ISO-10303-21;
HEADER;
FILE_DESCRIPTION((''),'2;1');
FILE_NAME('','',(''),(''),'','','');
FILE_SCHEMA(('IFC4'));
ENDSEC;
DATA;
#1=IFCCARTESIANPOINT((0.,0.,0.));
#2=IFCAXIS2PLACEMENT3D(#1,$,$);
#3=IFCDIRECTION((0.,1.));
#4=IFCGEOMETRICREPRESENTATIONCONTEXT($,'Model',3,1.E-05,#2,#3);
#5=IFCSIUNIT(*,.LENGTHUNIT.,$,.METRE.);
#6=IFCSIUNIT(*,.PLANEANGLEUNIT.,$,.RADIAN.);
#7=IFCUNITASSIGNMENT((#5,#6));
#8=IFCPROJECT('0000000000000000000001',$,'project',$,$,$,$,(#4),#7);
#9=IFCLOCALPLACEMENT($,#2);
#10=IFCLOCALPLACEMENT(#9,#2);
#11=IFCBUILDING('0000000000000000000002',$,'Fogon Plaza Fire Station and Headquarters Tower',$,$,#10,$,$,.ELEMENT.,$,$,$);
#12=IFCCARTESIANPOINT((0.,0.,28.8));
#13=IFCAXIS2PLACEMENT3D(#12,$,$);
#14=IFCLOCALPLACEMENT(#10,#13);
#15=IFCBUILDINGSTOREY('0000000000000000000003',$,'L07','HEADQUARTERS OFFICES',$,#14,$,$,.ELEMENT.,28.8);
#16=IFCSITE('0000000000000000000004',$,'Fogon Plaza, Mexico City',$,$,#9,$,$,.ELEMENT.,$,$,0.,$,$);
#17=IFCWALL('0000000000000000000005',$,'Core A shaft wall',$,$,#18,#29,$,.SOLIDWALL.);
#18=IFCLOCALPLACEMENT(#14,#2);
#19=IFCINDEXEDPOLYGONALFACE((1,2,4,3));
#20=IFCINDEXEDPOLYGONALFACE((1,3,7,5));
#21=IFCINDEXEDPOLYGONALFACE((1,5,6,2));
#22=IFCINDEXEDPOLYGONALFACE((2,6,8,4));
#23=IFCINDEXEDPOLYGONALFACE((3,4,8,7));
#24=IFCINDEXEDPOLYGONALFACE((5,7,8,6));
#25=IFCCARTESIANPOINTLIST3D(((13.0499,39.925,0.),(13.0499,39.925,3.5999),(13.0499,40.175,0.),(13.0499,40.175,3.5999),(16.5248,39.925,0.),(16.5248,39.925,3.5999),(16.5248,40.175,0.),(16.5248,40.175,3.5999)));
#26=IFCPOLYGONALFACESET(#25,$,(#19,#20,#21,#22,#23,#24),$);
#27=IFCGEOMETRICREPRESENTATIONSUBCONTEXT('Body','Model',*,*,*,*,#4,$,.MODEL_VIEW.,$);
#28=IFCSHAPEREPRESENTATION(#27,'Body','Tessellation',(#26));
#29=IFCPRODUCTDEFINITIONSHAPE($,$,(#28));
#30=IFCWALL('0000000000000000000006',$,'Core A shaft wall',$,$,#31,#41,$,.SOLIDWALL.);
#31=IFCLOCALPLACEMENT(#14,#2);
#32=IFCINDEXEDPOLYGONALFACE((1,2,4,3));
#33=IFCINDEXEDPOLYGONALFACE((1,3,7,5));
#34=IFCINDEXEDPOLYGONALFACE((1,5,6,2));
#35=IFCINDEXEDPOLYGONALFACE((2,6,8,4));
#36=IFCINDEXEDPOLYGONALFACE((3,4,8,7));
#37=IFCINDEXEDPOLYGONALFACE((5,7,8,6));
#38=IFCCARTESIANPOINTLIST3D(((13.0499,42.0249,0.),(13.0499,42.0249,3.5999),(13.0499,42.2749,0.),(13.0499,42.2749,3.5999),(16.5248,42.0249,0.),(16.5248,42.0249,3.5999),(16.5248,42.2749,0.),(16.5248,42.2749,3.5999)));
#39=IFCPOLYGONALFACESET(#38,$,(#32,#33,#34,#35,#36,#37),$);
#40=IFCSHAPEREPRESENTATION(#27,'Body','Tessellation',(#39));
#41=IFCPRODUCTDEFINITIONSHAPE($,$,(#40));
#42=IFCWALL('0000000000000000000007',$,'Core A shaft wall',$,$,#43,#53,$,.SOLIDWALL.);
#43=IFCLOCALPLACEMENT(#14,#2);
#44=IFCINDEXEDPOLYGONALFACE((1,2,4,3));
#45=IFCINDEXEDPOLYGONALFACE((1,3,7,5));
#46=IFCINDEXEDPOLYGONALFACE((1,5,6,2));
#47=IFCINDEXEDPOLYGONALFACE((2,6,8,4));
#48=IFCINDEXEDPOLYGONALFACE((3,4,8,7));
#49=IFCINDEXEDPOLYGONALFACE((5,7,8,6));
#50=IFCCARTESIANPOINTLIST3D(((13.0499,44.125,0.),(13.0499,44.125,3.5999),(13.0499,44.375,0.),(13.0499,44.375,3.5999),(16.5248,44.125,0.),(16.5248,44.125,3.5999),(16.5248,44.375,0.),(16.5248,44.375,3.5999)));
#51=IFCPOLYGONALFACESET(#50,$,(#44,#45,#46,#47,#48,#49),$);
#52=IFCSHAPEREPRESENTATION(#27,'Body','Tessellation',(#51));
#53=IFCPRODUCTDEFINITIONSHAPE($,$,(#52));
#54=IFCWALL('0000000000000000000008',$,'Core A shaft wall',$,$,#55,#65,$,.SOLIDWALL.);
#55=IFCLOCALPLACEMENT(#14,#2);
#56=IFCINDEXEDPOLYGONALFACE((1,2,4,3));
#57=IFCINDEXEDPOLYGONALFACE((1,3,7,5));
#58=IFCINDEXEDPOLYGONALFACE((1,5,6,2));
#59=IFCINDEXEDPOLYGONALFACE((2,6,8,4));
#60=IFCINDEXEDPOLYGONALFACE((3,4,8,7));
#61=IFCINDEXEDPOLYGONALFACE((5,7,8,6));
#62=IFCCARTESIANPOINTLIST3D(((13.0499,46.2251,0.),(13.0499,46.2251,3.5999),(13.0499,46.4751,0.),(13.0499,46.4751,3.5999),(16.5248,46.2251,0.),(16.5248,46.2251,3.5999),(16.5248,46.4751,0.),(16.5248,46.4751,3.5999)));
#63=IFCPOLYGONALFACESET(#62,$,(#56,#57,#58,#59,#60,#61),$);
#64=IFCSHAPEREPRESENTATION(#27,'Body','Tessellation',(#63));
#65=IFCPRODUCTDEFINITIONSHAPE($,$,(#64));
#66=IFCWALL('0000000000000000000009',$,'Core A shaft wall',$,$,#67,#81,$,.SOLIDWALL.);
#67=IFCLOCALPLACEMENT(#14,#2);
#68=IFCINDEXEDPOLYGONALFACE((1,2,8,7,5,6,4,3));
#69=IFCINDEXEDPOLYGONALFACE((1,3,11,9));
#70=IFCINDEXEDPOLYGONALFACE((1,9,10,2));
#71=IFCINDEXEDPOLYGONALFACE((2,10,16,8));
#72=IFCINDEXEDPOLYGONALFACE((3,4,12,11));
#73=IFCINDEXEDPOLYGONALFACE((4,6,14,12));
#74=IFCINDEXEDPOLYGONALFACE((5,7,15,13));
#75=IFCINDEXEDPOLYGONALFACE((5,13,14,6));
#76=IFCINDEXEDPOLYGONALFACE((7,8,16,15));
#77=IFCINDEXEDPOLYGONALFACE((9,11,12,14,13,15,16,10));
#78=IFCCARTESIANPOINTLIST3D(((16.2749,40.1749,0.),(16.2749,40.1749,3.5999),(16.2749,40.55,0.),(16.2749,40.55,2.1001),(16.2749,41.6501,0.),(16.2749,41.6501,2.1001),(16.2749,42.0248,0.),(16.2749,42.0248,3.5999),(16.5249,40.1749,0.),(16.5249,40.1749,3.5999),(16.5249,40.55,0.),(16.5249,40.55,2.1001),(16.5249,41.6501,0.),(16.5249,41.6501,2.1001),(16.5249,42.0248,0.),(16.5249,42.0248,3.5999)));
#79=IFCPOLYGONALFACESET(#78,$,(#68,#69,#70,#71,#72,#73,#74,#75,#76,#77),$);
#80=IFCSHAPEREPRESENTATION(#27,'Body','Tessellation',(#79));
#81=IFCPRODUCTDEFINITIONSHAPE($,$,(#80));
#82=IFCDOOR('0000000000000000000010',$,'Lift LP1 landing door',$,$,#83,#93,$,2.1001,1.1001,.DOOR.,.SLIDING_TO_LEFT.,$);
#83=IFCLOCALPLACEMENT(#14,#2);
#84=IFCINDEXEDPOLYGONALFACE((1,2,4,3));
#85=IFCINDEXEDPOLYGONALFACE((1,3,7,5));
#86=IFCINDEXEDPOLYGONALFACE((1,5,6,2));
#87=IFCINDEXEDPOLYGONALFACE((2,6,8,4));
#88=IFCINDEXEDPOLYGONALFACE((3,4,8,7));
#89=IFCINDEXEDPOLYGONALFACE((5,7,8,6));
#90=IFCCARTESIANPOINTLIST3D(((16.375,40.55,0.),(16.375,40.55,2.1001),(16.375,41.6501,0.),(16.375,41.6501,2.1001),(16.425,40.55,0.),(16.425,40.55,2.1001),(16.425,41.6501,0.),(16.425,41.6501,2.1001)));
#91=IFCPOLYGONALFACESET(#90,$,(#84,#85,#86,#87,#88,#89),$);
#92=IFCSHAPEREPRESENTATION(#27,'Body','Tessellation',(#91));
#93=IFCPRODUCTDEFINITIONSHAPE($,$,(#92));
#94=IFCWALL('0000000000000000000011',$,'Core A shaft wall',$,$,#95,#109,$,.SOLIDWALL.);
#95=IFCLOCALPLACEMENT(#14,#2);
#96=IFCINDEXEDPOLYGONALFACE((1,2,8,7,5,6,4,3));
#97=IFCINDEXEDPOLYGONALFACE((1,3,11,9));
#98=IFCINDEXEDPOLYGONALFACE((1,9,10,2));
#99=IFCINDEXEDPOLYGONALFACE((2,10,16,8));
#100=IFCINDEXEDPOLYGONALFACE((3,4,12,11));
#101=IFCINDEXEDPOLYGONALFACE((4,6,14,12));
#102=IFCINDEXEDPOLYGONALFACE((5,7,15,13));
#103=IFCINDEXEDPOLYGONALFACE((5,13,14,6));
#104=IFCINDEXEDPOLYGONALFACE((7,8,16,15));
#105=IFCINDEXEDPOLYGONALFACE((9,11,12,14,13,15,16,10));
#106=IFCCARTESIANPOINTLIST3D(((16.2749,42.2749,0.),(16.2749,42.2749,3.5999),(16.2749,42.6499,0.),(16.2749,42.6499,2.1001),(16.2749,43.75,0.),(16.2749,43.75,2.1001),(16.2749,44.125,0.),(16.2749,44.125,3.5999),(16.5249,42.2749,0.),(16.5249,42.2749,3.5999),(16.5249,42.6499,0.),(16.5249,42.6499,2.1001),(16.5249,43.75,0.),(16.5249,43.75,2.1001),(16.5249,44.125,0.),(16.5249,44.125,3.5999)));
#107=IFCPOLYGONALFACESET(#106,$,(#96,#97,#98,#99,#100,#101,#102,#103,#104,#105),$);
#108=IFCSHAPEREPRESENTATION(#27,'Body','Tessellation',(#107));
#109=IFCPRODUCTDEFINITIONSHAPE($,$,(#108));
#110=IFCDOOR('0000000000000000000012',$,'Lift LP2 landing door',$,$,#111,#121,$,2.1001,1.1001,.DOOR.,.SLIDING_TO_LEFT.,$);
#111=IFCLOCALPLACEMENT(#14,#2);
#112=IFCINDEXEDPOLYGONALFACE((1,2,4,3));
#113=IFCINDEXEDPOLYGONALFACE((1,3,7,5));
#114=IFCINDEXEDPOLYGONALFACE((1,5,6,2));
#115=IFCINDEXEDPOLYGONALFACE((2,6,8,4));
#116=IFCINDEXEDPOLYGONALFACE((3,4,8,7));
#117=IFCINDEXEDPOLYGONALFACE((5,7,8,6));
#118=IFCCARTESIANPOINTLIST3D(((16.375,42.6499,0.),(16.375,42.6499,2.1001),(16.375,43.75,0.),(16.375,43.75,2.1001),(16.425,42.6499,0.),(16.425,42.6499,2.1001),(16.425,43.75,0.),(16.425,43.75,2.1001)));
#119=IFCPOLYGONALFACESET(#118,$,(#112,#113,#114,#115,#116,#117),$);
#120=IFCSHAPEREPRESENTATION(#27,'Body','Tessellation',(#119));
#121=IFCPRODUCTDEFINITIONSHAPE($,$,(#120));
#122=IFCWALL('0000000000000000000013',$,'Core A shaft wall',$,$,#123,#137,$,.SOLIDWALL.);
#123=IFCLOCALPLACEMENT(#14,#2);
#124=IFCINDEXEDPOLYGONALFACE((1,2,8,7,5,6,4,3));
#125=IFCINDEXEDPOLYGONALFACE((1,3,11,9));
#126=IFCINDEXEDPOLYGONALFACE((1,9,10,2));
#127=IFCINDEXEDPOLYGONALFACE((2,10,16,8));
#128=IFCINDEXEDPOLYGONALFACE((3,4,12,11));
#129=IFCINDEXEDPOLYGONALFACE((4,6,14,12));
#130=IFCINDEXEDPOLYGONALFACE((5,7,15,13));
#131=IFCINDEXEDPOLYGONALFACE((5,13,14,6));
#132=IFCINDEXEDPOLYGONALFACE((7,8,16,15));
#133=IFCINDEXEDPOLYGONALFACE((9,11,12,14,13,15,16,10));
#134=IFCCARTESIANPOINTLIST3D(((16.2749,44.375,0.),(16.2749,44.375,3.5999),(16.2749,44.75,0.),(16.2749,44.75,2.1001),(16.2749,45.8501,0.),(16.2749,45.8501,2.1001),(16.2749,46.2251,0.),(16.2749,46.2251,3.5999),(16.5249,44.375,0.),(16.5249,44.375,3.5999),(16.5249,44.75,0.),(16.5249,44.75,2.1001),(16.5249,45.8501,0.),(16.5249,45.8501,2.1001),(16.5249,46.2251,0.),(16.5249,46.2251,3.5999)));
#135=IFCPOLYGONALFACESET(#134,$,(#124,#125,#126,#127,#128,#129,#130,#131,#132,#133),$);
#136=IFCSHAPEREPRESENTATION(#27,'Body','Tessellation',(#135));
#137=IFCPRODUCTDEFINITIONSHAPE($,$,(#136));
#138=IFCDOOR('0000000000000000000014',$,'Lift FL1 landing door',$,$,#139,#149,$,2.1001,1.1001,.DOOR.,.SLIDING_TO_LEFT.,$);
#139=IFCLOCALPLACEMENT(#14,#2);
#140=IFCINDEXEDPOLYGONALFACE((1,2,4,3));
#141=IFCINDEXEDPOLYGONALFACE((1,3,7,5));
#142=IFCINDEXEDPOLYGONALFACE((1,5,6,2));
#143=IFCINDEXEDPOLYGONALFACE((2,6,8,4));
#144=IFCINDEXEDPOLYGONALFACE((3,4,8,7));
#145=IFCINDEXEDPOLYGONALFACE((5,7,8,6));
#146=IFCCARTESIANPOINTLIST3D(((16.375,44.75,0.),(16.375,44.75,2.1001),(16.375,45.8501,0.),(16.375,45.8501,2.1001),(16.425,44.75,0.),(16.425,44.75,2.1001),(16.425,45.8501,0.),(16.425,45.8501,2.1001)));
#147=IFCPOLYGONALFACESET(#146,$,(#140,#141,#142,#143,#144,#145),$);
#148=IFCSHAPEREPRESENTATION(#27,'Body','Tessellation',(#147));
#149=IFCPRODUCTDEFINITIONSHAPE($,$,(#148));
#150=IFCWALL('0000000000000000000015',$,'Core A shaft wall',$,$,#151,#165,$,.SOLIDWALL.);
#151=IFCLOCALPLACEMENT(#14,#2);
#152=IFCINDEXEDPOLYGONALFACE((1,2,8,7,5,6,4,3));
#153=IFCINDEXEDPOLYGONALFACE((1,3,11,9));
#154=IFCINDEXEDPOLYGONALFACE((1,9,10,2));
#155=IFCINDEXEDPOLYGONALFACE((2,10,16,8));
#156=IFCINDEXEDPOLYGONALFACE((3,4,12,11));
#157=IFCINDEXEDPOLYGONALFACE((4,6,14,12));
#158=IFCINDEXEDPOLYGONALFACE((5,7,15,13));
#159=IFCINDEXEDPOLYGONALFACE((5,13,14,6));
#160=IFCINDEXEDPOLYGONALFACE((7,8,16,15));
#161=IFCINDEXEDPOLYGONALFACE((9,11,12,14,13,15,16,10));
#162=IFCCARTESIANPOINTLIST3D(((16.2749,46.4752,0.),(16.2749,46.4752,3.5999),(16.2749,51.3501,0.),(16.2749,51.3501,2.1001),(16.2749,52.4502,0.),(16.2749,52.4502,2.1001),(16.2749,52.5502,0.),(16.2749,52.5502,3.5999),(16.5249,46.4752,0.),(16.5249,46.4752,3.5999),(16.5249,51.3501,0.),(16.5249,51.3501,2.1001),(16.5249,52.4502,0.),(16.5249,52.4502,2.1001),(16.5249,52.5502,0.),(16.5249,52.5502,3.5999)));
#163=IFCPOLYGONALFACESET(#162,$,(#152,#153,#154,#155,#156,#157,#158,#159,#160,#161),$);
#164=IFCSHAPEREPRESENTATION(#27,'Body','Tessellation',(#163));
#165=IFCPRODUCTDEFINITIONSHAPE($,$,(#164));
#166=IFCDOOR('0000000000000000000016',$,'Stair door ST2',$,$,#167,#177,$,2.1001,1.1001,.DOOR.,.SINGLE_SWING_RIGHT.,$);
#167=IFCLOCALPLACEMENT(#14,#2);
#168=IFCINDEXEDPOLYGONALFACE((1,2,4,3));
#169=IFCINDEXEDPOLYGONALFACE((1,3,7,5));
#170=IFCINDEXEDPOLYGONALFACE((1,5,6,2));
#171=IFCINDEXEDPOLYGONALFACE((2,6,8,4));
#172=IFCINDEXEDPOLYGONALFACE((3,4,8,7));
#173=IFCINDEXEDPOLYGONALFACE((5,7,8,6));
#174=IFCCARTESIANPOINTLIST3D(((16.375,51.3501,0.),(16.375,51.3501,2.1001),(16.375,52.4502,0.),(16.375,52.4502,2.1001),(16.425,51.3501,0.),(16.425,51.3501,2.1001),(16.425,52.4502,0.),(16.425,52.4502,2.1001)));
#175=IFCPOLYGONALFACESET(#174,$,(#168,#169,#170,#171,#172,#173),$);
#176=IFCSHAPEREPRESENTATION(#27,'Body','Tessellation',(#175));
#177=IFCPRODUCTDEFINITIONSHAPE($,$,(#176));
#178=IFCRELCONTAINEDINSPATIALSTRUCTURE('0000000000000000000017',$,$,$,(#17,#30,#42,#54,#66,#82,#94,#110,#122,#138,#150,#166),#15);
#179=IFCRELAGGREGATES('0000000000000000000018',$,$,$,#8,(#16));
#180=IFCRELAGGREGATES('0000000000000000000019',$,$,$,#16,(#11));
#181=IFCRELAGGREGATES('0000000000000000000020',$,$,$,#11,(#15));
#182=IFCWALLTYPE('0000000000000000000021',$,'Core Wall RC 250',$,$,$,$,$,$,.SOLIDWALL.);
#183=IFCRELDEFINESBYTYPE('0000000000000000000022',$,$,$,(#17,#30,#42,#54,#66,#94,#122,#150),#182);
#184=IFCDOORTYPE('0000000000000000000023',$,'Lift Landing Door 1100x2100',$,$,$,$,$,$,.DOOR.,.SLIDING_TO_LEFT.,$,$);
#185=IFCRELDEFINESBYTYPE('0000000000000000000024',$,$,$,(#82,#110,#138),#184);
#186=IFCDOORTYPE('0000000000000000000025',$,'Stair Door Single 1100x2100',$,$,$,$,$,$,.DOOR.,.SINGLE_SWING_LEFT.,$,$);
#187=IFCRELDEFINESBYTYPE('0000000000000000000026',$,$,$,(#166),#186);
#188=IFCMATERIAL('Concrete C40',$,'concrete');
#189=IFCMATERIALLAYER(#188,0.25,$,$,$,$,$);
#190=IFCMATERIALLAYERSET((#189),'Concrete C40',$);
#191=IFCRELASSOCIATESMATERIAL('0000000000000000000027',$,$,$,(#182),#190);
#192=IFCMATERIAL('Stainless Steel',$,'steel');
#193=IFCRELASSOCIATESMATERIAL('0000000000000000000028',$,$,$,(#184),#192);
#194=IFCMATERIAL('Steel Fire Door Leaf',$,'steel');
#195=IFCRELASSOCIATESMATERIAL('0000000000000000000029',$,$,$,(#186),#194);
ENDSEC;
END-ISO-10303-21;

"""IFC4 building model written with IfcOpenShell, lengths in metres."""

from ifc_helpers import new_model, si_unit, direction, frame, frame_2d, origin, place, context, subcontext, project, spatial, rectangle, extrude, material, layer, layer_set, type_object, element, fill, save


model = new_model("IFC4")

# Units and contexts
model_context = context("Model", 3, precision=1e-05, world=origin(), true_north=direction((0.0, 1.0)))
body_context = subcontext(model_context, "Body", "Model", "MODEL_VIEW")
ifc_project = project(units=[si_unit("LENGTHUNIT", "METRE"), si_unit("PLANEANGLEUNIT", "RADIAN")], contexts=[model_context])

# Site, building, storey
site_placement = place(None, origin())
site = spatial("IfcSite", under=ifc_project, at=site_placement, Name="Fogon Plaza, Mexico City", CompositionType="ELEMENT", RefElevation=0.0)
building_placement = place(site_placement, origin())
building = spatial("IfcBuilding", under=site, at=building_placement, Name="Fogon Plaza Fire Station and Headquarters Tower", CompositionType="ELEMENT")
storey_placement = place(building_placement, frame((0.0, 0.0, 28.8)))
storey = spatial("IfcBuildingStorey", under=building, at=storey_placement, Name="L07", Description="HEADQUARTERS OFFICES", CompositionType="ELEMENT", Elevation=28.8)

# Walls
ifc_material_1 = material(Name="Concrete C40", Category="concrete")
ifc_layer_1 = layer(ifc_material_1, 0.25)
ifc_layer_set_1 = layer_set([ifc_layer_1], Name="Concrete C40")
wall_type_1 = type_object("IfcWallType", Name="Core Wall RC 250", PredefinedType="SOLIDWALL", material=ifc_layer_set_1)
for number, where, z_axis, x_axis, name in (
    (1, (13.05, 40.05, 0.0), (0.0, 0.0, 1.0), (1.0, 0.0, 0.0), "Core A shaft wall"),
    (2, (13.05, 42.1499, 0.0), (0.0, 0.0, 1.0), (1.0, 0.0, 0.0), "Core A shaft wall"),
    (3, (13.05, 44.25, 0.0), (0.0, 0.0, 1.0), (1.0, 0.0, 0.0), "Core A shaft wall"),
    (4, (13.05, 46.3501, 0.0), (0.0, 0.0, 1.0), (1.0, 0.0, 0.0), "Core A shaft wall"),
):
    element("IfcWall", number, at=place(storey_placement, frame(where, z_axis=z_axis, x_axis=x_axis)), inside=storey, type_object=wall_type_1, Name=name, PredefinedType="SOLIDWALL", context=body_context, shape_type="SweptSolid", body=[
        extrude(rectangle(XDim=3.4749, YDim=0.25, at=frame_2d((1.7373, 0.0))), origin(), (0.0, 0.0, 1.0), 3.5999),
    ])

# Walls, openings, doors
wall_1_placement = place(storey_placement, frame((16.3999, 40.175, 0.0), z_axis=(0.0, 0.0, 1.0), x_axis=(0.0, 1.0, 0.0)))
wall_1 = element("IfcWall", 5, at=wall_1_placement, inside=storey, type_object=wall_type_1, Name="Core A shaft wall", PredefinedType="SOLIDWALL", context=body_context, shape_type="SweptSolid", body=[
    extrude(rectangle(XDim=1.8499, YDim=0.25, at=frame_2d((0.9248, 0.0))), origin(), (0.0, 0.0, 1.0), 3.5999),
])
opening_1_placement = place(wall_1_placement, frame((0.375, 0.0, 0.0)))
opening_1 = element("IfcOpeningElement", 6, at=opening_1_placement, cuts=wall_1, PredefinedType="OPENING", context=body_context, shape_type="SweptSolid", body=[
    extrude(rectangle(XDim=1.1001, YDim=2.1001, at=frame_2d((0.55, 1.05))), frame((0.0, 0.135, 0.0), z_axis=(0.0, -1.0, 0.0), x_axis=(1.0, 0.0, 0.0)), (0.0, 0.0, 1.0), 0.27),
])
ifc_material_2 = material(Name="Stainless Steel", Category="steel")
door_type_1 = type_object("IfcDoorType", Name="Lift Landing Door 1100x2100", OperationType="SLIDING_TO_LEFT", PredefinedType="DOOR", material=ifc_material_2)
door_1_placement = place(opening_1_placement, origin())
door_1 = element("IfcDoor", 7, at=door_1_placement, inside=storey, type_object=door_type_1, Name="Lift LP1 landing door", OperationType="SLIDING_TO_LEFT", OverallHeight=2.1001, OverallWidth=1.1001, PredefinedType="DOOR", context=body_context, shape_type="SweptSolid", body=[
    extrude(rectangle(XDim=1.1001, YDim=2.1001, at=frame_2d((0.55, 1.05))), frame((0.0, 0.0249, 0.0), z_axis=(0.0, -1.0, 0.0), x_axis=(1.0, 0.0, 0.0)), (0.0, 0.0, 1.0), 0.05),
])
fill(opening_1, door_1)
wall_2_placement = place(storey_placement, frame((16.3999, 42.2749, 0.0), z_axis=(0.0, 0.0, 1.0), x_axis=(0.0, 1.0, 0.0)))
wall_2 = element("IfcWall", 8, at=wall_2_placement, inside=storey, type_object=wall_type_1, Name="Core A shaft wall", PredefinedType="SOLIDWALL", context=body_context, shape_type="SweptSolid", body=[
    extrude(rectangle(XDim=1.8501, YDim=0.25, at=frame_2d((0.925, 0.0))), origin(), (0.0, 0.0, 1.0), 3.5999),
])
opening_2_placement = place(wall_2_placement, frame((0.375, 0.0, 0.0)))
opening_2 = element("IfcOpeningElement", 9, at=opening_2_placement, cuts=wall_2, PredefinedType="OPENING", context=body_context, shape_type="SweptSolid", body=[
    extrude(rectangle(XDim=1.1001, YDim=2.1001, at=frame_2d((0.55, 1.05))), frame((0.0, 0.135, 0.0), z_axis=(0.0, -1.0, 0.0), x_axis=(1.0, 0.0, 0.0)), (0.0, 0.0, 1.0), 0.27),
])
door_2_placement = place(opening_2_placement, origin())
door_2 = element("IfcDoor", 10, at=door_2_placement, inside=storey, type_object=door_type_1, Name="Lift LP2 landing door", OperationType="SLIDING_TO_LEFT", OverallHeight=2.1001, OverallWidth=1.1001, PredefinedType="DOOR", context=body_context, shape_type="SweptSolid", body=[
    extrude(rectangle(XDim=1.1001, YDim=2.1001, at=frame_2d((0.55, 1.05))), frame((0.0, 0.0249, 0.0), z_axis=(0.0, -1.0, 0.0), x_axis=(1.0, 0.0, 0.0)), (0.0, 0.0, 1.0), 0.05),
])
fill(opening_2, door_2)
wall_3_placement = place(storey_placement, frame((16.3999, 44.375, 0.0), z_axis=(0.0, 0.0, 1.0), x_axis=(0.0, 1.0, 0.0)))
wall_3 = element("IfcWall", 11, at=wall_3_placement, inside=storey, type_object=wall_type_1, Name="Core A shaft wall", PredefinedType="SOLIDWALL", context=body_context, shape_type="SweptSolid", body=[
    extrude(rectangle(XDim=1.8501, YDim=0.25, at=frame_2d((0.925, 0.0))), origin(), (0.0, 0.0, 1.0), 3.5999),
])
opening_3_placement = place(wall_3_placement, frame((0.375, 0.0, 0.0)))
opening_3 = element("IfcOpeningElement", 12, at=opening_3_placement, cuts=wall_3, PredefinedType="OPENING", context=body_context, shape_type="SweptSolid", body=[
    extrude(rectangle(XDim=1.1001, YDim=2.1001, at=frame_2d((0.55, 1.05))), frame((0.0, 0.135, 0.0), z_axis=(0.0, -1.0, 0.0), x_axis=(1.0, 0.0, 0.0)), (0.0, 0.0, 1.0), 0.27),
])
door_3_placement = place(opening_3_placement, origin())
door_3 = element("IfcDoor", 13, at=door_3_placement, inside=storey, type_object=door_type_1, Name="Lift FL1 landing door", OperationType="SLIDING_TO_LEFT", OverallHeight=2.1001, OverallWidth=1.1001, PredefinedType="DOOR", context=body_context, shape_type="SweptSolid", body=[
    extrude(rectangle(XDim=1.1001, YDim=2.1001, at=frame_2d((0.55, 1.05))), frame((0.0, 0.0249, 0.0), z_axis=(0.0, -1.0, 0.0), x_axis=(1.0, 0.0, 0.0)), (0.0, 0.0, 1.0), 0.05),
])
fill(opening_3, door_3)
wall_4_placement = place(storey_placement, frame((16.3999, 46.4751, 0.0), z_axis=(0.0, 0.0, 1.0), x_axis=(0.0, 1.0, 0.0)))
wall_4 = element("IfcWall", 14, at=wall_4_placement, inside=storey, type_object=wall_type_1, Name="Core A shaft wall", PredefinedType="SOLIDWALL", context=body_context, shape_type="SweptSolid", body=[
    extrude(rectangle(XDim=6.075, YDim=0.25, at=frame_2d((3.0376, 0.0))), origin(), (0.0, 0.0, 1.0), 3.5999),
])
opening_4_placement = place(wall_4_placement, frame((4.875, 0.0, 0.0)))
opening_4 = element("IfcOpeningElement", 15, at=opening_4_placement, cuts=wall_4, PredefinedType="OPENING", context=body_context, shape_type="SweptSolid", body=[
    extrude(rectangle(XDim=1.1001, YDim=2.1001, at=frame_2d((0.55, 1.05))), frame((0.0, 0.135, 0.0), z_axis=(0.0, -1.0, 0.0), x_axis=(1.0, 0.0, 0.0)), (0.0, 0.0, 1.0), 0.27),
])
ifc_material_3 = material(Name="Steel Fire Door Leaf", Category="steel")
door_type_2 = type_object("IfcDoorType", Name="Stair Door Single 1100x2100", OperationType="SINGLE_SWING_LEFT", PredefinedType="DOOR", material=ifc_material_3)
door_4_placement = place(opening_4_placement, origin())
door_4 = element("IfcDoor", 16, at=door_4_placement, inside=storey, type_object=door_type_2, Name="Stair door ST2", OperationType="SINGLE_SWING_RIGHT", OverallHeight=2.1001, OverallWidth=1.1001, PredefinedType="DOOR", context=body_context, shape_type="SweptSolid", body=[
    extrude(rectangle(XDim=1.1001, YDim=2.1001, at=frame_2d((0.55, 1.05))), frame((0.0, 0.0249, 0.0), z_axis=(0.0, -1.0, 0.0), x_axis=(1.0, 0.0, 0.0)), (0.0, 0.0, 1.0), 0.05),
])
fill(opening_4, door_4)

save(model, "model.ifc")
